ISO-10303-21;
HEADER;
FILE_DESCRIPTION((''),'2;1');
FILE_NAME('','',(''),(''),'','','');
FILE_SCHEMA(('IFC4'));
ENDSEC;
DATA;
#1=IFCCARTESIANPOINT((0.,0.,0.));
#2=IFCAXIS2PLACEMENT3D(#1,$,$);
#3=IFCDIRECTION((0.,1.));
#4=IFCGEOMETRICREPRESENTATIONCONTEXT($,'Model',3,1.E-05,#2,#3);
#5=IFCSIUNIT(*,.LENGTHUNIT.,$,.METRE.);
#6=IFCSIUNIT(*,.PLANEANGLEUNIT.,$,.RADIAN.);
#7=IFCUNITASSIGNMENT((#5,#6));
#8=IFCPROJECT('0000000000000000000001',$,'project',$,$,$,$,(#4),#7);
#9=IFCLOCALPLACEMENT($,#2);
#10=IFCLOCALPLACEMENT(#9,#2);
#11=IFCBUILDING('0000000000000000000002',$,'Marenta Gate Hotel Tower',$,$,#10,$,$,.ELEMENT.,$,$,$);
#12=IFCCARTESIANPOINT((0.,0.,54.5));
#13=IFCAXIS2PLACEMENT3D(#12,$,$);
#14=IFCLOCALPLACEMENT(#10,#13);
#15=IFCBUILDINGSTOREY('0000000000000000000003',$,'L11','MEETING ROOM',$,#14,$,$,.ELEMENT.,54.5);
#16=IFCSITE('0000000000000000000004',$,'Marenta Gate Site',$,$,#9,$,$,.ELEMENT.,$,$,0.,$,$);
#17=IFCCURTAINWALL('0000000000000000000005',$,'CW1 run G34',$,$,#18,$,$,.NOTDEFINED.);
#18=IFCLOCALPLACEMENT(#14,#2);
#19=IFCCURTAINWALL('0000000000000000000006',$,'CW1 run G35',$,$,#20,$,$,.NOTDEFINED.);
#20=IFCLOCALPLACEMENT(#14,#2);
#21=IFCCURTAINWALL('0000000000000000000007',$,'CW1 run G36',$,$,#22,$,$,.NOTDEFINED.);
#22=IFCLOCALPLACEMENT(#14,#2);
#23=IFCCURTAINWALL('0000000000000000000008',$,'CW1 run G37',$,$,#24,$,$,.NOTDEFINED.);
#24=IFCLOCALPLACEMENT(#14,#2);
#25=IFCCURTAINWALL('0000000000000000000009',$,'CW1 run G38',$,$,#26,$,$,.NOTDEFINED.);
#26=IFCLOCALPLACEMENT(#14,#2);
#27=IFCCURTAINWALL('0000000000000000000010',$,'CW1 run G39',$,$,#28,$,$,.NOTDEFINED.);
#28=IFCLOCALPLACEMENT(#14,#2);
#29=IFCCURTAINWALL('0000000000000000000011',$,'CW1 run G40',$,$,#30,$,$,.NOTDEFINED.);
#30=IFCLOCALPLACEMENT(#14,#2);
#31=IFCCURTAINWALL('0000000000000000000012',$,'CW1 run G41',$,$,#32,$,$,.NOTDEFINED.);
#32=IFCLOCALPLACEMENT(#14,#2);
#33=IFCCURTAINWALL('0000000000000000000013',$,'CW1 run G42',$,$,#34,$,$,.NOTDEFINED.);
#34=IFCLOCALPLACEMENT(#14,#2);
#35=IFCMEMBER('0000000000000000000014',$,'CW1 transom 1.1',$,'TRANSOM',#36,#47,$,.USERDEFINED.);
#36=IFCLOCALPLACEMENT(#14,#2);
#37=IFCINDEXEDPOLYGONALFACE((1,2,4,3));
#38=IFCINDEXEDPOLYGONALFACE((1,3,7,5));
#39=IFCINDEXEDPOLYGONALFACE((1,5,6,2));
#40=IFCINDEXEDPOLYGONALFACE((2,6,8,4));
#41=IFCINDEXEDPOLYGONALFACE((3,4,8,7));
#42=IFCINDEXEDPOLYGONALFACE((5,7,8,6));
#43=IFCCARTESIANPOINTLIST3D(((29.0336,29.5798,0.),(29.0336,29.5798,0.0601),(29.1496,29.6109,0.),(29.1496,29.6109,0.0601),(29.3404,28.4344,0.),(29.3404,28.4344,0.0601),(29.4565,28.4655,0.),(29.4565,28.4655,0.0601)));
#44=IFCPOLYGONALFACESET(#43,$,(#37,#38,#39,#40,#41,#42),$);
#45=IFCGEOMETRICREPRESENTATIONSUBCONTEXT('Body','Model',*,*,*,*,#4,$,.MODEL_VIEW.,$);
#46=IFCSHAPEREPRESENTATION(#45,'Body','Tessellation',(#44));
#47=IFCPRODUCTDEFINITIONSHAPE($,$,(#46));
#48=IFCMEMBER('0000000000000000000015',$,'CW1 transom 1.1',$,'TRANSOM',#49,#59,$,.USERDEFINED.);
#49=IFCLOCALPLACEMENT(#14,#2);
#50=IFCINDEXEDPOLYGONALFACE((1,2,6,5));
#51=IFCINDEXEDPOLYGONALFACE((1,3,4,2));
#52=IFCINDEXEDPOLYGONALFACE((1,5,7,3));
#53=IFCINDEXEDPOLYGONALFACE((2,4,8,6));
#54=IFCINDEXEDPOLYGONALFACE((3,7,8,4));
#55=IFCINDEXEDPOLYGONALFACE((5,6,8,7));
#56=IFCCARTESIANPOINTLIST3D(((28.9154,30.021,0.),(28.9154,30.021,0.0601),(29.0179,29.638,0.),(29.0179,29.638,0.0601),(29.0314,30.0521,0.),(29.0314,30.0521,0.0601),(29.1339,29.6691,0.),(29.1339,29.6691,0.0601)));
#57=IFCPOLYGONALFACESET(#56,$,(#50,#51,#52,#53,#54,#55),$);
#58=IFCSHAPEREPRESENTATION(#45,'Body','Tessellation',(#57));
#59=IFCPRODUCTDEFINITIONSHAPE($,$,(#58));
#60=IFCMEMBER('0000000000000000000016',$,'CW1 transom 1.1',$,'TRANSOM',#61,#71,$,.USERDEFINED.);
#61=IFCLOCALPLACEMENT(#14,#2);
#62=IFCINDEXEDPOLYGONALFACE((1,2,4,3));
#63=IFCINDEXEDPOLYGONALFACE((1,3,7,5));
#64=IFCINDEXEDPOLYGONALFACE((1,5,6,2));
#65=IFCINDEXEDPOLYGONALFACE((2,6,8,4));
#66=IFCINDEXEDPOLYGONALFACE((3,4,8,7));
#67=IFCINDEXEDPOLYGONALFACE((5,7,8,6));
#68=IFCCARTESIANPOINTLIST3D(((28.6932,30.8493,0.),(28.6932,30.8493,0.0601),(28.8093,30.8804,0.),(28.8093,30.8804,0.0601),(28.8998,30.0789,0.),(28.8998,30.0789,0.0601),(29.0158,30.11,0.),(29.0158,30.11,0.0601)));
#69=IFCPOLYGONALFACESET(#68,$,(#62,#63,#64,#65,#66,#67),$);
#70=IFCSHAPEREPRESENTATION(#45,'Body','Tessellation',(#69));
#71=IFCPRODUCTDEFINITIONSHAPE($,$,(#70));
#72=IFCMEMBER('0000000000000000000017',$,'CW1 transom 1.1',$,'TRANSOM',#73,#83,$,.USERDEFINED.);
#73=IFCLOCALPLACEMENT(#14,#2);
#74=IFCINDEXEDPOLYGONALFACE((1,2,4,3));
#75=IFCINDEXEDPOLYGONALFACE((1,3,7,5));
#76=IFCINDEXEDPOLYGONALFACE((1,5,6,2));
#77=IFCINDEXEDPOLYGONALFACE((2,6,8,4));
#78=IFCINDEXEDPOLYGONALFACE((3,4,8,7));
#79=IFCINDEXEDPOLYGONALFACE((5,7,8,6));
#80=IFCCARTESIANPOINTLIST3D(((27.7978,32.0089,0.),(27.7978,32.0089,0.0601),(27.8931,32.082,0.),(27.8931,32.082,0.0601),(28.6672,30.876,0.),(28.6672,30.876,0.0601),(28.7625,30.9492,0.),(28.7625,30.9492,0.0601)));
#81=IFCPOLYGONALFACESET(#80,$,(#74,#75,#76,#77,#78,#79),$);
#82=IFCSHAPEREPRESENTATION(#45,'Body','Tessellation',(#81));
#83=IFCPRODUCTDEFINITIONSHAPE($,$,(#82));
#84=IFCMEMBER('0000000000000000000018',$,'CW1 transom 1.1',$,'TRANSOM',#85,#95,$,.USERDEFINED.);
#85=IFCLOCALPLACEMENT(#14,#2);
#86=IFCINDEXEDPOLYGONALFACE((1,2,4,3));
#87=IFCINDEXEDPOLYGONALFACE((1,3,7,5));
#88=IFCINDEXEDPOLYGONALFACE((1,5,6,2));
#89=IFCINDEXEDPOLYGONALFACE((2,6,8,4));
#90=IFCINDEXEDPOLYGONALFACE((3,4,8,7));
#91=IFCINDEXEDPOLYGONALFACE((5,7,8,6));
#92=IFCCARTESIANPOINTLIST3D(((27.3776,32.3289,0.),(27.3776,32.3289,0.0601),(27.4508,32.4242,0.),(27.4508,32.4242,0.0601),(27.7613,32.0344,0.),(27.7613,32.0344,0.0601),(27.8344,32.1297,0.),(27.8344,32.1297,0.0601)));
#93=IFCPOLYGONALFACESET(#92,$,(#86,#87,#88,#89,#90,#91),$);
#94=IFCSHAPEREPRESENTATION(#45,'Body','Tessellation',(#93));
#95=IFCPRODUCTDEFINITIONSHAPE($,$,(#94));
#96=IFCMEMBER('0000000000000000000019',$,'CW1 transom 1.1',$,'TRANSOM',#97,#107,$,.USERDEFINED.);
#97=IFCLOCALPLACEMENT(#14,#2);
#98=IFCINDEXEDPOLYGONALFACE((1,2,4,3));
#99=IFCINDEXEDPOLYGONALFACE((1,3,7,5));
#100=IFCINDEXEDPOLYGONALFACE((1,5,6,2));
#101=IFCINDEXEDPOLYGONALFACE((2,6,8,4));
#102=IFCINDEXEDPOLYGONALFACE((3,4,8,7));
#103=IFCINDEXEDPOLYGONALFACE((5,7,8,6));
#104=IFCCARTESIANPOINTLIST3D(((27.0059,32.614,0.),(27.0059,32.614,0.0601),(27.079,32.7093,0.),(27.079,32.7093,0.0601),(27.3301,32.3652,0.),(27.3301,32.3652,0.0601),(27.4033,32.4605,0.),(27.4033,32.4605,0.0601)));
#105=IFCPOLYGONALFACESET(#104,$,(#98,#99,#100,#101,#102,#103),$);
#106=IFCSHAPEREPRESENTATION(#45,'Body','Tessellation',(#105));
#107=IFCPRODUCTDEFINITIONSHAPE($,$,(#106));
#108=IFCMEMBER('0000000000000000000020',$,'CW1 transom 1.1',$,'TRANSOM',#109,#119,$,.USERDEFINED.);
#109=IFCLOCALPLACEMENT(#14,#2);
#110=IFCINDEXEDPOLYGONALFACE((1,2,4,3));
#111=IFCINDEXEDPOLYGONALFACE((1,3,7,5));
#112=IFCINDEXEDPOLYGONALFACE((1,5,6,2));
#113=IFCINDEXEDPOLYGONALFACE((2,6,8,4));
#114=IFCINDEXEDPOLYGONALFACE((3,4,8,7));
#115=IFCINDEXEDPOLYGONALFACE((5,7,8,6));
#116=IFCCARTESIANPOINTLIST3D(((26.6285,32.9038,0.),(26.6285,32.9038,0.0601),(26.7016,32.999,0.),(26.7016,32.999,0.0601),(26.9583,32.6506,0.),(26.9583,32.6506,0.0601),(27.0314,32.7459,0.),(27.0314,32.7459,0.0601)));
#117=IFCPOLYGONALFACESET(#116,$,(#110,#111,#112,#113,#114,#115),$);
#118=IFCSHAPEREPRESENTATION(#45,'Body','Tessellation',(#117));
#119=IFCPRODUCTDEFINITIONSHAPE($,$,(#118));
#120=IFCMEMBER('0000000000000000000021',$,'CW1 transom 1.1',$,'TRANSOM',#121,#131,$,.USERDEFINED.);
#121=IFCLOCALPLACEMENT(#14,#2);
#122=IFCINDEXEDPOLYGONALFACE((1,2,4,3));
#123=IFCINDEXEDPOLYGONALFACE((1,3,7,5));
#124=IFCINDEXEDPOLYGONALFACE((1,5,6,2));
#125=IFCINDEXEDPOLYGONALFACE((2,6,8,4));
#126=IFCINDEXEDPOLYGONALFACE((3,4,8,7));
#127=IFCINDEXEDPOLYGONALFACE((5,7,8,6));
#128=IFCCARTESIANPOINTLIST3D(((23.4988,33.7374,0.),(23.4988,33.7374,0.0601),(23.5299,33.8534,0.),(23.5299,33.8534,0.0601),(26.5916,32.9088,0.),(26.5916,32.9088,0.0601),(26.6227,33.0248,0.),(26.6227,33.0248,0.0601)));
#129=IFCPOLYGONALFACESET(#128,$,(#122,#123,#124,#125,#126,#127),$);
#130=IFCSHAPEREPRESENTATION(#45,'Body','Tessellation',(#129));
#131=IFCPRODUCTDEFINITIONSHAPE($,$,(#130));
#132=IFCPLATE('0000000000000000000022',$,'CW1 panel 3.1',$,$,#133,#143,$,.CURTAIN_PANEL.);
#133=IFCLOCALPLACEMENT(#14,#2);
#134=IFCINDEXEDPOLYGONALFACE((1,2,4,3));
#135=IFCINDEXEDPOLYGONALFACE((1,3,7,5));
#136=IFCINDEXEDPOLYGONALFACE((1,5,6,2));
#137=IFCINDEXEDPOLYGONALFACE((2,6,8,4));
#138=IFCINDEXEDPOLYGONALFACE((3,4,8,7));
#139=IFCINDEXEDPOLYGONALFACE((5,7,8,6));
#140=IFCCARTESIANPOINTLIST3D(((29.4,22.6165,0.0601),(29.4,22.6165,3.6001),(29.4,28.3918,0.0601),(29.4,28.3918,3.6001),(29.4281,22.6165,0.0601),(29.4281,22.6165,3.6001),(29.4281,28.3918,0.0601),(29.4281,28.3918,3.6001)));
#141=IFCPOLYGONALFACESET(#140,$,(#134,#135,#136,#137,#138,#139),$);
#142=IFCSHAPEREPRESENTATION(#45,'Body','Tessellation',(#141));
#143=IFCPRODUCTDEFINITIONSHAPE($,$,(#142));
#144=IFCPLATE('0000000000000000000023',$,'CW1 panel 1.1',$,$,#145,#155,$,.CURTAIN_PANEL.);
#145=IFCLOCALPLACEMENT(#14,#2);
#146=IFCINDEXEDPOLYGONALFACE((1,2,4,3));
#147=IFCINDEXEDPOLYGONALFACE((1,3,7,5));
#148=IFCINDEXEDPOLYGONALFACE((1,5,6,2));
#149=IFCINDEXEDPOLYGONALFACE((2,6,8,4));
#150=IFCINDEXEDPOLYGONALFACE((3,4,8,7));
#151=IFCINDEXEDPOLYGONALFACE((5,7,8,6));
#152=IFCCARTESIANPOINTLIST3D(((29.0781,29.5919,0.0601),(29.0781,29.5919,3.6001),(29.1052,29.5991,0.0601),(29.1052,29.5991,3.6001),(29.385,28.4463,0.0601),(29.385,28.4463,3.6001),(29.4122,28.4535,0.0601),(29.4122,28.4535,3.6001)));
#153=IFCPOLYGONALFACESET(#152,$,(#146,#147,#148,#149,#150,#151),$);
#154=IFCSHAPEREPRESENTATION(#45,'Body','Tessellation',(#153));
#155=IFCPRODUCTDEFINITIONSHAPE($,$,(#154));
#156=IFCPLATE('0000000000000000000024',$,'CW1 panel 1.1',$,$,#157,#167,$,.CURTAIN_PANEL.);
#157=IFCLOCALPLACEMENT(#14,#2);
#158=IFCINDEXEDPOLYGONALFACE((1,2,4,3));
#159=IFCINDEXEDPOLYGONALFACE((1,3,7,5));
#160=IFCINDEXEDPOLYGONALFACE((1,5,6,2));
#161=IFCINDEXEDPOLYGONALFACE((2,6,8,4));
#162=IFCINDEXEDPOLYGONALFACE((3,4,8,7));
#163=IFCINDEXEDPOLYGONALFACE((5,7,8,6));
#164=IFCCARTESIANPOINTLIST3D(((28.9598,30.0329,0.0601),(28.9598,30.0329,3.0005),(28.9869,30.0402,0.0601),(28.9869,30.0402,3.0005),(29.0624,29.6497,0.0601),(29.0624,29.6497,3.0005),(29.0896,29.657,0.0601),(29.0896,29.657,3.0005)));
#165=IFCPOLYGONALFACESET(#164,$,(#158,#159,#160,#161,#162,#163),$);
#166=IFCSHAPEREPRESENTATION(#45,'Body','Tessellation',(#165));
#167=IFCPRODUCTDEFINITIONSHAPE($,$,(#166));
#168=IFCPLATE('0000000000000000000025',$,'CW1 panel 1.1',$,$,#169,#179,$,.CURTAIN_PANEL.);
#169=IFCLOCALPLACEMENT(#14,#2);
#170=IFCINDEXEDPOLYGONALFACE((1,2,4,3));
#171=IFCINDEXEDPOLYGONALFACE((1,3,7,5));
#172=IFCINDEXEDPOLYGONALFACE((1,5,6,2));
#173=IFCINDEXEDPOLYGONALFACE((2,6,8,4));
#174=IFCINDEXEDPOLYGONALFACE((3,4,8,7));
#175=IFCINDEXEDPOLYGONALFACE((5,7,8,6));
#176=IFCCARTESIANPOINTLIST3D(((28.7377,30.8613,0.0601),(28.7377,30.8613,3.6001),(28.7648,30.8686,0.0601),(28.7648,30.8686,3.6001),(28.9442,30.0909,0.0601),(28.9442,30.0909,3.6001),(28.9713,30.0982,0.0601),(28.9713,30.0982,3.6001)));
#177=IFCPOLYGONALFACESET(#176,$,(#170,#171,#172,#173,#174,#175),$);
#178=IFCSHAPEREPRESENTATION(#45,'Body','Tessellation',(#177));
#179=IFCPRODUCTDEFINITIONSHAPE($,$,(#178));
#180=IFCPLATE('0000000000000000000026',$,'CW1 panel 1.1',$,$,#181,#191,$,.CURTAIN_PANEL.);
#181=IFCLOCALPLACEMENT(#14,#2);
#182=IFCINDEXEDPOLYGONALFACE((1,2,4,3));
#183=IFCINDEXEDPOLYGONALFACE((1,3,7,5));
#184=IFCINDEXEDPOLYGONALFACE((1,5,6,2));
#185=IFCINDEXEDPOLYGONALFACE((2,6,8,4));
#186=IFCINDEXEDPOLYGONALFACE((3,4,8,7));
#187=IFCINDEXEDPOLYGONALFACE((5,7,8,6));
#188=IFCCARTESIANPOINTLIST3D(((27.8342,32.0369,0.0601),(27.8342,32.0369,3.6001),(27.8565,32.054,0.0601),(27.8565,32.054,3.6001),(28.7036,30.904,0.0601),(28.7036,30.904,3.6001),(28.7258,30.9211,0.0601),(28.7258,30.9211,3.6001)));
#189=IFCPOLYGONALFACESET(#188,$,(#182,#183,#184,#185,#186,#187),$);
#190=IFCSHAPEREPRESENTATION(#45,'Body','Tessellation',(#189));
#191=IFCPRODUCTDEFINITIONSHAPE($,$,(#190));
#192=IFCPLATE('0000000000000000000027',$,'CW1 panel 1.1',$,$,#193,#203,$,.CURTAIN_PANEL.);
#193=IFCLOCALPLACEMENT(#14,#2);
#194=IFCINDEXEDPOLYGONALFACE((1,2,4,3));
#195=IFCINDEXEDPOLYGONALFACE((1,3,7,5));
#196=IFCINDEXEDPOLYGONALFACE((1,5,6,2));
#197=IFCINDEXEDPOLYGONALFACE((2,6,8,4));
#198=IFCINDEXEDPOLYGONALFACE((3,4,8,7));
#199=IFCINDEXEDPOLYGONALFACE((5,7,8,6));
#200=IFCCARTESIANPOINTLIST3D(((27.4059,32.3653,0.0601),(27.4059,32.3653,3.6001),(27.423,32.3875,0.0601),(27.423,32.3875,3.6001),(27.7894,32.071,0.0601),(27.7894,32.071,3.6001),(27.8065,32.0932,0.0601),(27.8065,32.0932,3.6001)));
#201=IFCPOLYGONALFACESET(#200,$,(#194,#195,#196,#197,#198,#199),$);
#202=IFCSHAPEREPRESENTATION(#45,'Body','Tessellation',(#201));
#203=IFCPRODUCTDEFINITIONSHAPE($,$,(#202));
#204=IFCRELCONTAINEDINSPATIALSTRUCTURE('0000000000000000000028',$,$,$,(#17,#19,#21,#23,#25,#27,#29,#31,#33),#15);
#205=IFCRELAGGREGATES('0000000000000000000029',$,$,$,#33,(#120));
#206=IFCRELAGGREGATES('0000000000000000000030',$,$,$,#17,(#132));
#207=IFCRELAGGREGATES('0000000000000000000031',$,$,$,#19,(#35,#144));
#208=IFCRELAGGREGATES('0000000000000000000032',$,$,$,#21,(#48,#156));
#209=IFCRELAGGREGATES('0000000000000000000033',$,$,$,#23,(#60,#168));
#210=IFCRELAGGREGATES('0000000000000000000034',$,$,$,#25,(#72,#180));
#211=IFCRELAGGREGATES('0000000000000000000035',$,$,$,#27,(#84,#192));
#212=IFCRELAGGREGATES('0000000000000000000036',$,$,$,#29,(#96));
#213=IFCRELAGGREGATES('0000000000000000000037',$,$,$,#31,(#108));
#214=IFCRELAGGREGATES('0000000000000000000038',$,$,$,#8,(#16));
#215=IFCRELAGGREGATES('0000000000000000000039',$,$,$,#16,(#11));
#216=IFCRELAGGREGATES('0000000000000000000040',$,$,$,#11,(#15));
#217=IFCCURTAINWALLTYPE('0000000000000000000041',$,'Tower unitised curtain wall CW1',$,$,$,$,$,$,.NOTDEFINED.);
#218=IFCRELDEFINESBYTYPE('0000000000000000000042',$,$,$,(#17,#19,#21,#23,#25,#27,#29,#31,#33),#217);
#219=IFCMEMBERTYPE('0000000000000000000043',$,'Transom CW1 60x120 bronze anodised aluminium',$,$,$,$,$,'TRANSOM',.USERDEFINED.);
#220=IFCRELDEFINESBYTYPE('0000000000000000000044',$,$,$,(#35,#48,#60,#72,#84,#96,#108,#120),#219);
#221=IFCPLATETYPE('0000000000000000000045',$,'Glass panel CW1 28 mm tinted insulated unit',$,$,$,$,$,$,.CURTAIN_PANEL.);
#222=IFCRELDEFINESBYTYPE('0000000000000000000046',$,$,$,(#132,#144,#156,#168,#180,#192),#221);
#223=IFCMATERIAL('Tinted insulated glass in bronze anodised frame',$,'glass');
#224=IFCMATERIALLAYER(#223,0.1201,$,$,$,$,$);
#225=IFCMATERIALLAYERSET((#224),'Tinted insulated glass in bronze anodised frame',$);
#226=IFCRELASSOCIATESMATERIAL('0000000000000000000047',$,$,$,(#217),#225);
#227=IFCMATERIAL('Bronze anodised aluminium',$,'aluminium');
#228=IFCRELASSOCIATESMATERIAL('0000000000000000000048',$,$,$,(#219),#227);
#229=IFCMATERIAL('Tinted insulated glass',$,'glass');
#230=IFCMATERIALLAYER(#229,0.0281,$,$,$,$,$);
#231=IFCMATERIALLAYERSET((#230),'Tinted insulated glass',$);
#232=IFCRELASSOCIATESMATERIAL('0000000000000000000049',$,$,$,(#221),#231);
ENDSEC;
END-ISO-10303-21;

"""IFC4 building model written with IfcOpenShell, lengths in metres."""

from ifc_helpers import new_model, si_unit, direction, frame, origin, origin_2d, place, context, subcontext, project, spatial, rectangle, extrude, material, layer, layer_set, material_profile, profile_set, type_object, element, aggregate, save


model = new_model("IFC4")

# Units and contexts
model_context = context("Model", 3, precision=1e-05, world=origin(), true_north=direction((0.0, 1.0)))
body_context = subcontext(model_context, "Body", "Model", "MODEL_VIEW")
ifc_project = project(units=[si_unit("LENGTHUNIT", "METRE"), si_unit("PLANEANGLEUNIT", "RADIAN")], contexts=[model_context])

# Site, building, storey
site_placement = place(None, origin())
site = spatial("IfcSite", under=ifc_project, at=site_placement, Name="Marenta Gate Site", CompositionType="ELEMENT", RefElevation=0.0)
building_placement = place(site_placement, origin())
building = spatial("IfcBuilding", under=site, at=building_placement, Name="Marenta Gate Hotel Tower", CompositionType="ELEMENT")
storey_placement = place(building_placement, frame((0.0, 0.0, 54.5)))
storey = spatial("IfcBuildingStorey", under=building, at=storey_placement, Name="L11", Description="MEETING ROOM", CompositionType="ELEMENT", Elevation=54.5)

# Curtain walls
ifc_material_1 = material(Name="Tinted insulated glass in bronze anodised frame", Category="glass")
ifc_layer_1 = layer(ifc_material_1, 0.1201)
ifc_layer_set_1 = layer_set([ifc_layer_1], Name="Tinted insulated glass in bronze anodised frame")
curtain_wall_type = type_object("IfcCurtainWallType", Name="Tower unitised curtain wall CW1", PredefinedType="NOTDEFINED", material=ifc_layer_set_1)
curtain_wall_1_placement = place(storey_placement, origin())
curtain_wall_1 = element("IfcCurtainWall", 1, at=curtain_wall_1_placement, inside=storey, type_object=curtain_wall_type, Name="CW1 run G34", PredefinedType="NOTDEFINED")
curtain_wall_2_placement = place(storey_placement, origin())
curtain_wall_2 = element("IfcCurtainWall", 2, at=curtain_wall_2_placement, inside=storey, type_object=curtain_wall_type, Name="CW1 run G35", PredefinedType="NOTDEFINED")
curtain_wall_3_placement = place(storey_placement, origin())
curtain_wall_3 = element("IfcCurtainWall", 3, at=curtain_wall_3_placement, inside=storey, type_object=curtain_wall_type, Name="CW1 run G36", PredefinedType="NOTDEFINED")
curtain_wall_4_placement = place(storey_placement, origin())
curtain_wall_4 = element("IfcCurtainWall", 4, at=curtain_wall_4_placement, inside=storey, type_object=curtain_wall_type, Name="CW1 run G37", PredefinedType="NOTDEFINED")
curtain_wall_5_placement = place(storey_placement, origin())
curtain_wall_5 = element("IfcCurtainWall", 5, at=curtain_wall_5_placement, inside=storey, type_object=curtain_wall_type, Name="CW1 run G38", PredefinedType="NOTDEFINED")
curtain_wall_6_placement = place(storey_placement, origin())
curtain_wall_6 = element("IfcCurtainWall", 6, at=curtain_wall_6_placement, inside=storey, type_object=curtain_wall_type, Name="CW1 run G39", PredefinedType="NOTDEFINED")
curtain_wall_7_placement = place(storey_placement, origin())
curtain_wall_7 = element("IfcCurtainWall", 7, at=curtain_wall_7_placement, inside=storey, type_object=curtain_wall_type, Name="CW1 run G40", PredefinedType="NOTDEFINED")
curtain_wall_8_placement = place(storey_placement, origin())
curtain_wall_8 = element("IfcCurtainWall", 8, at=curtain_wall_8_placement, inside=storey, type_object=curtain_wall_type, Name="CW1 run G41", PredefinedType="NOTDEFINED")
curtain_wall_9_placement = place(storey_placement, origin())
curtain_wall_9 = element("IfcCurtainWall", 9, at=curtain_wall_9_placement, inside=storey, type_object=curtain_wall_type, Name="CW1 run G42", PredefinedType="NOTDEFINED")

# Members
ifc_material_2 = material(Name="Bronze anodised aluminium", Category="aluminium")
ifc_material_profile_1 = material_profile(ifc_material_2, rectangle(XDim=0.1201, YDim=0.0601, at=origin_2d()), Name="Transom CW1 60x120 bronze anodised aluminium")
ifc_profile_set_1 = profile_set([ifc_material_profile_1], Name="Bronze anodised aluminium")
member_type_1 = type_object("IfcMemberType", Name="Transom CW1 60x120 bronze anodised aluminium", ElementType="TRANSOM", PredefinedType="USERDEFINED", material=ifc_profile_set_1)
member_1_placement = place(storey_placement, frame((29.3984, 28.45, 0.03), z_axis=(-0.258777, 0.965937, 0.0), x_axis=(-0.965937, -0.258777, 0.0)))
member_1 = element("IfcMember", 10, at=member_1_placement, type_object=member_type_1, Name="CW1 transom 1.1", ObjectType="TRANSOM", PredefinedType="USERDEFINED", context=body_context, shape_type="SweptSolid", body=[
    extrude(rectangle(XDim=0.1201, YDim=0.0601, at=origin_2d()), origin(), (0.0, 0.0, 1.0), 1.1858),
])
member_2_placement = place(storey_placement, frame((29.0759, 29.6536, 0.03), z_axis=(-0.258582, 0.965989, 0.0), x_axis=(-0.965989, -0.258582, 0.0)))
member_2 = element("IfcMember", 11, at=member_2_placement, type_object=member_type_1, Name="CW1 transom 1.1", ObjectType="TRANSOM", PredefinedType="USERDEFINED", context=body_context, shape_type="SweptSolid", body=[
    extrude(rectangle(XDim=0.1201, YDim=0.0601, at=origin_2d()), origin(), (0.0, 0.0, 1.0), 0.3965),
])
member_3_placement = place(storey_placement, frame((28.9578, 30.0945, 0.03), z_axis=(-0.25892, 0.965899, 0.0), x_axis=(-0.965899, -0.25892, 0.0)))
member_3 = element("IfcMember", 12, at=member_3_placement, type_object=member_type_1, Name="CW1 transom 1.1", ObjectType="TRANSOM", PredefinedType="USERDEFINED", context=body_context, shape_type="SweptSolid", body=[
    extrude(rectangle(XDim=0.1201, YDim=0.0601, at=origin_2d()), origin(), (0.0, 0.0, 1.0), 0.7976),
])
member_4_placement = place(storey_placement, frame((28.7148, 30.9126, 0.03), z_axis=(-0.608826, 0.793304, 0.0), x_axis=(-0.793304, -0.608826, 0.0)))
member_4 = element("IfcMember", 13, at=member_4_placement, type_object=member_type_1, Name="CW1 transom 1.1", ObjectType="TRANSOM", PredefinedType="USERDEFINED", context=body_context, shape_type="SweptSolid", body=[
    extrude(rectangle(XDim=0.1201, YDim=0.0601, at=origin_2d()), origin(), (0.0, 0.0, 1.0), 1.428),
])
member_5_placement = place(storey_placement, frame((27.7979, 32.082, 0.03), z_axis=(-0.793224, 0.60893, 0.0), x_axis=(-0.60893, -0.793224, 0.0)))
member_5 = element("IfcMember", 14, at=member_5_placement, type_object=member_type_1, Name="CW1 transom 1.1", ObjectType="TRANSOM", PredefinedType="USERDEFINED", context=body_context, shape_type="SweptSolid", body=[
    extrude(rectangle(XDim=0.1201, YDim=0.0601, at=origin_2d()), origin(), (0.0, 0.0, 1.0), 0.4836),
])
member_6_placement = place(storey_placement, frame((27.3667, 32.4128, 0.03), z_axis=(-0.793356, 0.608758, 0.0), x_axis=(-0.608758, -0.793356, 0.0)))
member_6 = element("IfcMember", 15, at=member_6_placement, type_object=member_type_1, Name="CW1 transom 1.1", ObjectType="TRANSOM", PredefinedType="USERDEFINED", context=body_context, shape_type="SweptSolid", body=[
    extrude(rectangle(XDim=0.1201, YDim=0.0601, at=origin_2d()), origin(), (0.0, 0.0, 1.0), 0.4087),
])
member_7_placement = place(storey_placement, frame((26.9949, 32.6982, 0.03), z_axis=(-0.793257, 0.608888, 0.0), x_axis=(-0.608888, -0.793257, 0.0)))
member_7 = element("IfcMember", 16, at=member_7_placement, type_object=member_type_1, Name="CW1 transom 1.1", ObjectType="TRANSOM", PredefinedType="USERDEFINED", context=body_context, shape_type="SweptSolid", body=[
    extrude(rectangle(XDim=0.1201, YDim=0.0601, at=origin_2d()), origin(), (0.0, 0.0, 1.0), 0.4158),
])
member_8_placement = place(storey_placement, frame((26.6072, 32.9668, 0.03), z_axis=(-0.965933, 0.258792, 0.0), x_axis=(-0.258792, -0.965933, 0.0)))
member_8 = element("IfcMember", 17, at=member_8_placement, type_object=member_type_1, Name="CW1 transom 1.1", ObjectType="TRANSOM", PredefinedType="USERDEFINED", context=body_context, shape_type="SweptSolid", body=[
    extrude(rectangle(XDim=0.1201, YDim=0.0601, at=origin_2d()), origin(), (0.0, 0.0, 1.0), 3.2019),
])
aggregate(curtain_wall_9, [member_8])

# Plates
ifc_material_3 = material(Name="Tinted insulated glass", Category="glass")
ifc_layer_2 = layer(ifc_material_3, 0.0281)
ifc_layer_set_2 = layer_set([ifc_layer_2], Name="Tinted insulated glass")
plate_type = type_object("IfcPlateType", Name="Glass panel CW1 28 mm tinted insulated unit", PredefinedType="CURTAIN_PANEL", material=ifc_layer_set_2)
plate_1_placement = place(storey_placement, frame((29.4141, 25.5042, 0.0601), z_axis=(0.0, 0.0, 1.0), x_axis=(0.0, 1.0, 0.0)))
plate_1 = element("IfcPlate", 18, at=plate_1_placement, type_object=plate_type, Name="CW1 panel 3.1", PredefinedType="CURTAIN_PANEL", context=body_context, shape_type="SweptSolid", body=[
    extrude(rectangle(XDim=5.7754, YDim=0.0281, at=origin_2d()), origin(), (0.0, 0.0, 1.0), 3.54),
])
aggregate(curtain_wall_1, [plate_1])
plate_2_placement = place(storey_placement, frame((29.2451, 29.0227, 0.0601), z_axis=(0.0, 0.0, 1.0), x_axis=(-0.258816, 0.965927, 0.0)))
plate_2 = element("IfcPlate", 19, at=plate_2_placement, type_object=plate_type, Name="CW1 panel 1.1", PredefinedType="CURTAIN_PANEL", context=body_context, shape_type="SweptSolid", body=[
    extrude(rectangle(XDim=1.186, YDim=0.0281, at=origin_2d()), origin(), (0.0, 0.0, 1.0), 3.54),
])
aggregate(curtain_wall_2, [member_1, plate_2])
plate_3_placement = place(storey_placement, frame((29.0247, 29.845, 0.0601), z_axis=(0.0, 0.0, 1.0), x_axis=(-0.258835, 0.965922, 0.0)))
plate_3 = element("IfcPlate", 20, at=plate_3_placement, type_object=plate_type, Name="CW1 panel 1.1", PredefinedType="CURTAIN_PANEL", context=body_context, shape_type="SweptSolid", body=[
    extrude(rectangle(XDim=0.3967, YDim=0.0281, at=origin_2d()), origin(), (0.0, 0.0, 1.0), 2.9404),
])
aggregate(curtain_wall_3, [member_2, plate_3])
plate_4_placement = place(storey_placement, frame((28.8545, 30.4797, 0.0601), z_axis=(0.0, 0.0, 1.0), x_axis=(-0.258823, 0.965925, 0.0)))
plate_4 = element("IfcPlate", 21, at=plate_4_placement, type_object=plate_type, Name="CW1 panel 1.1", PredefinedType="CURTAIN_PANEL", context=body_context, shape_type="SweptSolid", body=[
    extrude(rectangle(XDim=0.7976, YDim=0.0281, at=origin_2d()), origin(), (0.0, 0.0, 1.0), 3.54),
])
aggregate(curtain_wall_4, [member_3, plate_4])
plate_5_placement = place(storey_placement, frame((28.28, 31.479, 0.0601), z_axis=(0.0, 0.0, 1.0), x_axis=(-0.608781, 0.793338, 0.0)))
plate_5 = element("IfcPlate", 22, at=plate_5_placement, type_object=plate_type, Name="CW1 panel 1.1", PredefinedType="CURTAIN_PANEL", context=body_context, shape_type="SweptSolid", body=[
    extrude(rectangle(XDim=1.428, YDim=0.0281, at=origin_2d()), origin(), (0.0, 0.0, 1.0), 3.54),
])
aggregate(curtain_wall_5, [member_4, plate_5])
plate_6_placement = place(storey_placement, frame((27.6062, 32.2292, 0.0601), z_axis=(0.0, 0.0, 1.0), x_axis=(-0.793328, 0.608795, 0.0)))
plate_6 = element("IfcPlate", 23, at=plate_6_placement, type_object=plate_type, Name="CW1 panel 1.1", PredefinedType="CURTAIN_PANEL", context=body_context, shape_type="SweptSolid", body=[
    extrude(rectangle(XDim=0.4834, YDim=0.0281, at=origin_2d()), origin(), (0.0, 0.0, 1.0), 3.54),
])
aggregate(curtain_wall_6, [member_5, plate_6])
aggregate(curtain_wall_7, [member_6])
aggregate(curtain_wall_8, [member_7])

save(model, "model.ifc")
